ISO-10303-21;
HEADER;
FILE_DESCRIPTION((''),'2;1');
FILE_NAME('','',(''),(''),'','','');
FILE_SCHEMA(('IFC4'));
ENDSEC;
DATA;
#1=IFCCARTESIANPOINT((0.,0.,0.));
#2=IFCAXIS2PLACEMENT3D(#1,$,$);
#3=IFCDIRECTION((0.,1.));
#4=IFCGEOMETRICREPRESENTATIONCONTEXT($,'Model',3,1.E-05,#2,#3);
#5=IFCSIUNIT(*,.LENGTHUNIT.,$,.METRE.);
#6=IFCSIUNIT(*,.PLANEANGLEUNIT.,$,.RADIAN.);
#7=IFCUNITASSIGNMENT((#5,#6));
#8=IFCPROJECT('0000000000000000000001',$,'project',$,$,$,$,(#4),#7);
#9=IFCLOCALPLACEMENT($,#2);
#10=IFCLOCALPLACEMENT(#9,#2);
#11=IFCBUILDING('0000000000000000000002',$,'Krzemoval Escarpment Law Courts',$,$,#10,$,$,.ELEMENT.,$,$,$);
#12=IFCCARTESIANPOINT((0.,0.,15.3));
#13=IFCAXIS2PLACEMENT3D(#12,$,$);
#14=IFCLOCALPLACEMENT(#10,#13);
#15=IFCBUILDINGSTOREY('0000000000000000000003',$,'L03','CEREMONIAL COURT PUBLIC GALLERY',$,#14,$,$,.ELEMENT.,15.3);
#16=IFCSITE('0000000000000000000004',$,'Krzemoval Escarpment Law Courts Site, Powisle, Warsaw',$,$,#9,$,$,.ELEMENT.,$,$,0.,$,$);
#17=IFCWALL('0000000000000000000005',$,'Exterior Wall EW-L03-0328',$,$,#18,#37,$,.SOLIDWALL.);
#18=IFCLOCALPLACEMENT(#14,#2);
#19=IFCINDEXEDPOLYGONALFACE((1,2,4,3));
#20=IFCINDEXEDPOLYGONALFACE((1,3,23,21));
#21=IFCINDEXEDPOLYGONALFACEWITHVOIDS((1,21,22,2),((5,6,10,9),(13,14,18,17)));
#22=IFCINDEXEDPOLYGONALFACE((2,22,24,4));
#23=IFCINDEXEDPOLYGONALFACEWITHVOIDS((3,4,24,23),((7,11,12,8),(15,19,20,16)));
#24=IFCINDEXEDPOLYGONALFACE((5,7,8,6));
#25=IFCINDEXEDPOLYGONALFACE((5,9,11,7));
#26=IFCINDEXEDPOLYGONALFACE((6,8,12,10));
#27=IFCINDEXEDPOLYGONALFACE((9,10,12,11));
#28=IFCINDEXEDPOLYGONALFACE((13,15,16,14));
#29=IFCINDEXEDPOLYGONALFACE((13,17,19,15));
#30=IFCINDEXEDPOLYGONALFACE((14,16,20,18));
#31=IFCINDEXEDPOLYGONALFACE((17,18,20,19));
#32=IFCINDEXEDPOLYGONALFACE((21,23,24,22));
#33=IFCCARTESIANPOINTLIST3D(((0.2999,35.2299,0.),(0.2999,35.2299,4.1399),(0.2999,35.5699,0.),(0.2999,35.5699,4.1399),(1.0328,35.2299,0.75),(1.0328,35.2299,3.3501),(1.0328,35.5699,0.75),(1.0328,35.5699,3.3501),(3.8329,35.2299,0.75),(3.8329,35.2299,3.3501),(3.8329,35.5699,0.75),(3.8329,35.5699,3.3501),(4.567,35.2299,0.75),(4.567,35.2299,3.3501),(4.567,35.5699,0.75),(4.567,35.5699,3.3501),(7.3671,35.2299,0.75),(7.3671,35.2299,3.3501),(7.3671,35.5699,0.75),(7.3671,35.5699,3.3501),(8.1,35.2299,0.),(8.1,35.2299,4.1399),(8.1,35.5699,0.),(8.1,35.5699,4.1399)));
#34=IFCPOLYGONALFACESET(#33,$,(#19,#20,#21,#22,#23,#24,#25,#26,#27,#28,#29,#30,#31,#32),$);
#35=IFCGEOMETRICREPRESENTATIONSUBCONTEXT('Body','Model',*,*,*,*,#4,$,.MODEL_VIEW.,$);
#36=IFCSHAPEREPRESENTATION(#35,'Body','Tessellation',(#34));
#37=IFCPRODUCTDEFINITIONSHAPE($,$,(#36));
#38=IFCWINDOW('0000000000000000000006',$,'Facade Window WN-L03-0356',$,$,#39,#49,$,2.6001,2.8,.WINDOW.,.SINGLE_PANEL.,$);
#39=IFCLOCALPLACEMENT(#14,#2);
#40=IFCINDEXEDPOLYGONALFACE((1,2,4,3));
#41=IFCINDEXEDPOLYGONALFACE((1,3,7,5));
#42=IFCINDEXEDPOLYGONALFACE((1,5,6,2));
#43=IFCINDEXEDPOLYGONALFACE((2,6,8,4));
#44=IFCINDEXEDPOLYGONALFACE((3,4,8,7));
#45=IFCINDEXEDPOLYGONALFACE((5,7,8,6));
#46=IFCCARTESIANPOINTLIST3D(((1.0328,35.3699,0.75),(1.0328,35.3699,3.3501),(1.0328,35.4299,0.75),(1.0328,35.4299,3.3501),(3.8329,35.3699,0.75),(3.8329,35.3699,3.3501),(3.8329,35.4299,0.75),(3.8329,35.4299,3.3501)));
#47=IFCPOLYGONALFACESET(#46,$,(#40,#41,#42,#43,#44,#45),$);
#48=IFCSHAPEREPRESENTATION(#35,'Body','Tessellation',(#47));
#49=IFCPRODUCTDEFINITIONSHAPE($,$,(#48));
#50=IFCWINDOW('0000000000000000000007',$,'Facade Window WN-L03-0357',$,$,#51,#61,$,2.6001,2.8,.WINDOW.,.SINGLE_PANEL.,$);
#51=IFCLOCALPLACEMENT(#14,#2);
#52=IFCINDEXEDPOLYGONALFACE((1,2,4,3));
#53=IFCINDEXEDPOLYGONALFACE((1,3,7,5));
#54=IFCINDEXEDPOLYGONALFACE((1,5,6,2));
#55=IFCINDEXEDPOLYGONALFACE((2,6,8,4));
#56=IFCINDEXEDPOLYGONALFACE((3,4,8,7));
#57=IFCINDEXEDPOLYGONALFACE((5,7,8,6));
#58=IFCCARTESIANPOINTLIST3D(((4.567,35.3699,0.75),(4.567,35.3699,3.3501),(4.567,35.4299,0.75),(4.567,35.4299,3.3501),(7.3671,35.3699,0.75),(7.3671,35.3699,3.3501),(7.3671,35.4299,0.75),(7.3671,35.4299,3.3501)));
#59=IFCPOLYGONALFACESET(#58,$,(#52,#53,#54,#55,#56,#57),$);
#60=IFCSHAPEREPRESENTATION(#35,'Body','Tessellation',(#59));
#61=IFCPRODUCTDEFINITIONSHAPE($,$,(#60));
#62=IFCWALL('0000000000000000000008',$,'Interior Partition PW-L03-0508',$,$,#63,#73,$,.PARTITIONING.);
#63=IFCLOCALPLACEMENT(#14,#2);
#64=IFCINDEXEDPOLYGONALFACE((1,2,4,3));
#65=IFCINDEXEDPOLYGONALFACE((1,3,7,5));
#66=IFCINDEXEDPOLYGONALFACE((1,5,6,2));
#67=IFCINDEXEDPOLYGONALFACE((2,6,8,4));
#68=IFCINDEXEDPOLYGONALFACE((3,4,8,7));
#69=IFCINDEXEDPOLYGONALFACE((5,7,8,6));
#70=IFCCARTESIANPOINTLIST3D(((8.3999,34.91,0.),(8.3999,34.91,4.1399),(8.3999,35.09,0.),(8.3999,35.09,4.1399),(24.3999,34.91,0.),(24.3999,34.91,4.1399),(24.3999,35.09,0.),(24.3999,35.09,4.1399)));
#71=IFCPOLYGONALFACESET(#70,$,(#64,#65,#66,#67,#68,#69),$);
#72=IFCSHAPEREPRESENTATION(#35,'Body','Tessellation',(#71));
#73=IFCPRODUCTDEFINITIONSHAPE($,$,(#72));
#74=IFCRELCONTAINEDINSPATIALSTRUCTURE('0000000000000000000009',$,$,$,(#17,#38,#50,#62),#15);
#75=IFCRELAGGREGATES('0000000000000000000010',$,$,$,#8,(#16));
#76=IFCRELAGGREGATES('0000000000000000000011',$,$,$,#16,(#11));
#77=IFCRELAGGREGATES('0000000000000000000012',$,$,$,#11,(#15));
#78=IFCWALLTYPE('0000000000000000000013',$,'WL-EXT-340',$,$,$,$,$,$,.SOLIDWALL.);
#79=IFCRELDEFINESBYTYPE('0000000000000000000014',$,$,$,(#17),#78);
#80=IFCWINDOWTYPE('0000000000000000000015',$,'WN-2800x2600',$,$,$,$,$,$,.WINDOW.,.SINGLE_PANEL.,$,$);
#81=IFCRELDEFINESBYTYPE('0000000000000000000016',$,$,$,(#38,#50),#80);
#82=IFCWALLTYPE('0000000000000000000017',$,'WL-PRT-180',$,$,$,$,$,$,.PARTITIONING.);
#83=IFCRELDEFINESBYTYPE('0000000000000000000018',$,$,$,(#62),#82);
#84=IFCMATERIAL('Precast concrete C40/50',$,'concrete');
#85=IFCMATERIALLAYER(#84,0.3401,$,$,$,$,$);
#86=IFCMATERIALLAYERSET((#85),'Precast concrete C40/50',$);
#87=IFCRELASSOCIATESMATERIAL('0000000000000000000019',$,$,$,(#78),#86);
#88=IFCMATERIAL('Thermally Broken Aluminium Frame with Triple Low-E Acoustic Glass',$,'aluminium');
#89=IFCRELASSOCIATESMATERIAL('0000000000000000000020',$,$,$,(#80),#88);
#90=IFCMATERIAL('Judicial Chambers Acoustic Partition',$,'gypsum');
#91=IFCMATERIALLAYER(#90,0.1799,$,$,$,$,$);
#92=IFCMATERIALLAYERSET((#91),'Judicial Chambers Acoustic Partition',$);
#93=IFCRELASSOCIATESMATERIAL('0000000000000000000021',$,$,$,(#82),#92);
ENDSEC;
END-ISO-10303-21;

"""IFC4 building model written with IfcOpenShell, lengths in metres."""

from ifc_helpers import new_model, si_unit, direction, frame, frame_2d, origin, place, context, subcontext, project, spatial, rectangle, extrude, material, layer, layer_set, type_object, element, fill, save


model = new_model("IFC4")

# Units and contexts
model_context = context("Model", 3, precision=1e-05, world=origin(), true_north=direction((0.0, 1.0)))
body_context = subcontext(model_context, "Body", "Model", "MODEL_VIEW")
ifc_project = project(units=[si_unit("LENGTHUNIT", "METRE"), si_unit("PLANEANGLEUNIT", "RADIAN")], contexts=[model_context])

# Site, building, storey
site_placement = place(None, origin())
site = spatial("IfcSite", under=ifc_project, at=site_placement, Name="Krzemoval Escarpment Law Courts Site, Powisle, Warsaw", CompositionType="ELEMENT", RefElevation=0.0)
building_placement = place(site_placement, origin())
building = spatial("IfcBuilding", under=site, at=building_placement, Name="Krzemoval Escarpment Law Courts", CompositionType="ELEMENT")
storey_placement = place(building_placement, frame((0.0, 0.0, 15.3)))
storey = spatial("IfcBuildingStorey", under=building, at=storey_placement, Name="L03", Description="CEREMONIAL COURT PUBLIC GALLERY", CompositionType="ELEMENT", Elevation=15.3)

# Wall, openings, windows
ifc_material_1 = material(Name="Precast concrete C40/50", Category="concrete")
ifc_layer_1 = layer(ifc_material_1, 0.3401)
ifc_layer_set_1 = layer_set([ifc_layer_1], Name="Precast concrete C40/50")
wall_type_1 = type_object("IfcWallType", Name="WL-EXT-340", PredefinedType="SOLIDWALL", material=ifc_layer_set_1)
wall_1_placement = place(storey_placement, frame((0.3, 35.3999, 0.0), z_axis=(0.0, 0.0, 1.0), x_axis=(1.0, 0.0, 0.0)))
wall_1 = element("IfcWall", 1, at=wall_1_placement, inside=storey, type_object=wall_type_1, Name="Exterior Wall EW-L03-0328", PredefinedType="SOLIDWALL", context=body_context, shape_type="SweptSolid", body=[
    extrude(rectangle(XDim=7.8, YDim=0.3401, at=frame_2d((3.8999, 0.0))), origin(), (0.0, 0.0, 1.0), 4.1399),
])
opening_1_placement = place(wall_1_placement, frame((0.7329, 0.0, 0.75)))
opening_1 = element("IfcOpeningElement", 2, at=opening_1_placement, cuts=wall_1, PredefinedType="OPENING", context=body_context, shape_type="SweptSolid", body=[
    extrude(rectangle(XDim=2.8, YDim=2.6001, at=frame_2d((1.3999, 1.3))), frame((0.0, 0.185, 0.0), z_axis=(0.0, -1.0, 0.0), x_axis=(1.0, 0.0, 0.0)), (0.0, 0.0, 1.0), 0.3701),
])
opening_2_placement = place(wall_1_placement, frame((4.2671, 0.0, 0.75)))
opening_2 = element("IfcOpeningElement", 3, at=opening_2_placement, cuts=wall_1, PredefinedType="OPENING", context=body_context, shape_type="SweptSolid", body=[
    extrude(rectangle(XDim=2.8, YDim=2.6001, at=frame_2d((1.3999, 1.3))), frame((0.0, 0.185, 0.0), z_axis=(0.0, -1.0, 0.0), x_axis=(1.0, 0.0, 0.0)), (0.0, 0.0, 1.0), 0.3701),
])
ifc_material_2 = material(Name="Thermally Broken Aluminium Frame with Triple Low-E Acoustic Glass", Category="aluminium")
window_type = type_object("IfcWindowType", Name="WN-2800x2600", PartitioningType="SINGLE_PANEL", PredefinedType="WINDOW", material=ifc_material_2)
window_1_placement = place(opening_1_placement, origin())
window_1 = element("IfcWindow", 4, at=window_1_placement, inside=storey, type_object=window_type, Name="Facade Window WN-L03-0356", OverallHeight=2.6001, OverallWidth=2.8, PartitioningType="SINGLE_PANEL", PredefinedType="WINDOW", context=body_context, shape_type="SweptSolid", body=[
    extrude(rectangle(XDim=2.8, YDim=2.6001, at=frame_2d((1.3999, 1.3))), frame((0.0, 0.03, 0.0), z_axis=(0.0, -1.0, 0.0), x_axis=(1.0, 0.0, 0.0)), (0.0, 0.0, 1.0), 0.0601),
])
fill(opening_1, window_1)
window_2_placement = place(opening_2_placement, origin())
window_2 = element("IfcWindow", 5, at=window_2_placement, inside=storey, type_object=window_type, Name="Facade Window WN-L03-0357", OverallHeight=2.6001, OverallWidth=2.8, PartitioningType="SINGLE_PANEL", PredefinedType="WINDOW", context=body_context, shape_type="SweptSolid", body=[
    extrude(rectangle(XDim=2.8, YDim=2.6001, at=frame_2d((1.3999, 1.3))), frame((0.0, 0.03, 0.0), z_axis=(0.0, -1.0, 0.0), x_axis=(1.0, 0.0, 0.0)), (0.0, 0.0, 1.0), 0.0601),
])
fill(opening_2, window_2)

# Wall
ifc_material_3 = material(Name="Judicial Chambers Acoustic Partition", Category="gypsum")
ifc_layer_2 = layer(ifc_material_3, 0.1799)
ifc_layer_set_2 = layer_set([ifc_layer_2], Name="Judicial Chambers Acoustic Partition")
wall_type_2 = type_object("IfcWallType", Name="WL-PRT-180", PredefinedType="PARTITIONING", material=ifc_layer_set_2)
wall_2_placement = place(storey_placement, frame((8.3999, 35.0, 0.0), z_axis=(0.0, 0.0, 1.0), x_axis=(1.0, 0.0, 0.0)))
element("IfcWall", 6, at=wall_2_placement, inside=storey, type_object=wall_type_2, Name="Interior Partition PW-L03-0508", PredefinedType="PARTITIONING", context=body_context, shape_type="SweptSolid", body=[
    extrude(rectangle(XDim=16.0, YDim=0.1799, at=frame_2d((8.0, 0.0))), origin(), (0.0, 0.0, 1.0), 4.1399),
])

save(model, "model.ifc")
